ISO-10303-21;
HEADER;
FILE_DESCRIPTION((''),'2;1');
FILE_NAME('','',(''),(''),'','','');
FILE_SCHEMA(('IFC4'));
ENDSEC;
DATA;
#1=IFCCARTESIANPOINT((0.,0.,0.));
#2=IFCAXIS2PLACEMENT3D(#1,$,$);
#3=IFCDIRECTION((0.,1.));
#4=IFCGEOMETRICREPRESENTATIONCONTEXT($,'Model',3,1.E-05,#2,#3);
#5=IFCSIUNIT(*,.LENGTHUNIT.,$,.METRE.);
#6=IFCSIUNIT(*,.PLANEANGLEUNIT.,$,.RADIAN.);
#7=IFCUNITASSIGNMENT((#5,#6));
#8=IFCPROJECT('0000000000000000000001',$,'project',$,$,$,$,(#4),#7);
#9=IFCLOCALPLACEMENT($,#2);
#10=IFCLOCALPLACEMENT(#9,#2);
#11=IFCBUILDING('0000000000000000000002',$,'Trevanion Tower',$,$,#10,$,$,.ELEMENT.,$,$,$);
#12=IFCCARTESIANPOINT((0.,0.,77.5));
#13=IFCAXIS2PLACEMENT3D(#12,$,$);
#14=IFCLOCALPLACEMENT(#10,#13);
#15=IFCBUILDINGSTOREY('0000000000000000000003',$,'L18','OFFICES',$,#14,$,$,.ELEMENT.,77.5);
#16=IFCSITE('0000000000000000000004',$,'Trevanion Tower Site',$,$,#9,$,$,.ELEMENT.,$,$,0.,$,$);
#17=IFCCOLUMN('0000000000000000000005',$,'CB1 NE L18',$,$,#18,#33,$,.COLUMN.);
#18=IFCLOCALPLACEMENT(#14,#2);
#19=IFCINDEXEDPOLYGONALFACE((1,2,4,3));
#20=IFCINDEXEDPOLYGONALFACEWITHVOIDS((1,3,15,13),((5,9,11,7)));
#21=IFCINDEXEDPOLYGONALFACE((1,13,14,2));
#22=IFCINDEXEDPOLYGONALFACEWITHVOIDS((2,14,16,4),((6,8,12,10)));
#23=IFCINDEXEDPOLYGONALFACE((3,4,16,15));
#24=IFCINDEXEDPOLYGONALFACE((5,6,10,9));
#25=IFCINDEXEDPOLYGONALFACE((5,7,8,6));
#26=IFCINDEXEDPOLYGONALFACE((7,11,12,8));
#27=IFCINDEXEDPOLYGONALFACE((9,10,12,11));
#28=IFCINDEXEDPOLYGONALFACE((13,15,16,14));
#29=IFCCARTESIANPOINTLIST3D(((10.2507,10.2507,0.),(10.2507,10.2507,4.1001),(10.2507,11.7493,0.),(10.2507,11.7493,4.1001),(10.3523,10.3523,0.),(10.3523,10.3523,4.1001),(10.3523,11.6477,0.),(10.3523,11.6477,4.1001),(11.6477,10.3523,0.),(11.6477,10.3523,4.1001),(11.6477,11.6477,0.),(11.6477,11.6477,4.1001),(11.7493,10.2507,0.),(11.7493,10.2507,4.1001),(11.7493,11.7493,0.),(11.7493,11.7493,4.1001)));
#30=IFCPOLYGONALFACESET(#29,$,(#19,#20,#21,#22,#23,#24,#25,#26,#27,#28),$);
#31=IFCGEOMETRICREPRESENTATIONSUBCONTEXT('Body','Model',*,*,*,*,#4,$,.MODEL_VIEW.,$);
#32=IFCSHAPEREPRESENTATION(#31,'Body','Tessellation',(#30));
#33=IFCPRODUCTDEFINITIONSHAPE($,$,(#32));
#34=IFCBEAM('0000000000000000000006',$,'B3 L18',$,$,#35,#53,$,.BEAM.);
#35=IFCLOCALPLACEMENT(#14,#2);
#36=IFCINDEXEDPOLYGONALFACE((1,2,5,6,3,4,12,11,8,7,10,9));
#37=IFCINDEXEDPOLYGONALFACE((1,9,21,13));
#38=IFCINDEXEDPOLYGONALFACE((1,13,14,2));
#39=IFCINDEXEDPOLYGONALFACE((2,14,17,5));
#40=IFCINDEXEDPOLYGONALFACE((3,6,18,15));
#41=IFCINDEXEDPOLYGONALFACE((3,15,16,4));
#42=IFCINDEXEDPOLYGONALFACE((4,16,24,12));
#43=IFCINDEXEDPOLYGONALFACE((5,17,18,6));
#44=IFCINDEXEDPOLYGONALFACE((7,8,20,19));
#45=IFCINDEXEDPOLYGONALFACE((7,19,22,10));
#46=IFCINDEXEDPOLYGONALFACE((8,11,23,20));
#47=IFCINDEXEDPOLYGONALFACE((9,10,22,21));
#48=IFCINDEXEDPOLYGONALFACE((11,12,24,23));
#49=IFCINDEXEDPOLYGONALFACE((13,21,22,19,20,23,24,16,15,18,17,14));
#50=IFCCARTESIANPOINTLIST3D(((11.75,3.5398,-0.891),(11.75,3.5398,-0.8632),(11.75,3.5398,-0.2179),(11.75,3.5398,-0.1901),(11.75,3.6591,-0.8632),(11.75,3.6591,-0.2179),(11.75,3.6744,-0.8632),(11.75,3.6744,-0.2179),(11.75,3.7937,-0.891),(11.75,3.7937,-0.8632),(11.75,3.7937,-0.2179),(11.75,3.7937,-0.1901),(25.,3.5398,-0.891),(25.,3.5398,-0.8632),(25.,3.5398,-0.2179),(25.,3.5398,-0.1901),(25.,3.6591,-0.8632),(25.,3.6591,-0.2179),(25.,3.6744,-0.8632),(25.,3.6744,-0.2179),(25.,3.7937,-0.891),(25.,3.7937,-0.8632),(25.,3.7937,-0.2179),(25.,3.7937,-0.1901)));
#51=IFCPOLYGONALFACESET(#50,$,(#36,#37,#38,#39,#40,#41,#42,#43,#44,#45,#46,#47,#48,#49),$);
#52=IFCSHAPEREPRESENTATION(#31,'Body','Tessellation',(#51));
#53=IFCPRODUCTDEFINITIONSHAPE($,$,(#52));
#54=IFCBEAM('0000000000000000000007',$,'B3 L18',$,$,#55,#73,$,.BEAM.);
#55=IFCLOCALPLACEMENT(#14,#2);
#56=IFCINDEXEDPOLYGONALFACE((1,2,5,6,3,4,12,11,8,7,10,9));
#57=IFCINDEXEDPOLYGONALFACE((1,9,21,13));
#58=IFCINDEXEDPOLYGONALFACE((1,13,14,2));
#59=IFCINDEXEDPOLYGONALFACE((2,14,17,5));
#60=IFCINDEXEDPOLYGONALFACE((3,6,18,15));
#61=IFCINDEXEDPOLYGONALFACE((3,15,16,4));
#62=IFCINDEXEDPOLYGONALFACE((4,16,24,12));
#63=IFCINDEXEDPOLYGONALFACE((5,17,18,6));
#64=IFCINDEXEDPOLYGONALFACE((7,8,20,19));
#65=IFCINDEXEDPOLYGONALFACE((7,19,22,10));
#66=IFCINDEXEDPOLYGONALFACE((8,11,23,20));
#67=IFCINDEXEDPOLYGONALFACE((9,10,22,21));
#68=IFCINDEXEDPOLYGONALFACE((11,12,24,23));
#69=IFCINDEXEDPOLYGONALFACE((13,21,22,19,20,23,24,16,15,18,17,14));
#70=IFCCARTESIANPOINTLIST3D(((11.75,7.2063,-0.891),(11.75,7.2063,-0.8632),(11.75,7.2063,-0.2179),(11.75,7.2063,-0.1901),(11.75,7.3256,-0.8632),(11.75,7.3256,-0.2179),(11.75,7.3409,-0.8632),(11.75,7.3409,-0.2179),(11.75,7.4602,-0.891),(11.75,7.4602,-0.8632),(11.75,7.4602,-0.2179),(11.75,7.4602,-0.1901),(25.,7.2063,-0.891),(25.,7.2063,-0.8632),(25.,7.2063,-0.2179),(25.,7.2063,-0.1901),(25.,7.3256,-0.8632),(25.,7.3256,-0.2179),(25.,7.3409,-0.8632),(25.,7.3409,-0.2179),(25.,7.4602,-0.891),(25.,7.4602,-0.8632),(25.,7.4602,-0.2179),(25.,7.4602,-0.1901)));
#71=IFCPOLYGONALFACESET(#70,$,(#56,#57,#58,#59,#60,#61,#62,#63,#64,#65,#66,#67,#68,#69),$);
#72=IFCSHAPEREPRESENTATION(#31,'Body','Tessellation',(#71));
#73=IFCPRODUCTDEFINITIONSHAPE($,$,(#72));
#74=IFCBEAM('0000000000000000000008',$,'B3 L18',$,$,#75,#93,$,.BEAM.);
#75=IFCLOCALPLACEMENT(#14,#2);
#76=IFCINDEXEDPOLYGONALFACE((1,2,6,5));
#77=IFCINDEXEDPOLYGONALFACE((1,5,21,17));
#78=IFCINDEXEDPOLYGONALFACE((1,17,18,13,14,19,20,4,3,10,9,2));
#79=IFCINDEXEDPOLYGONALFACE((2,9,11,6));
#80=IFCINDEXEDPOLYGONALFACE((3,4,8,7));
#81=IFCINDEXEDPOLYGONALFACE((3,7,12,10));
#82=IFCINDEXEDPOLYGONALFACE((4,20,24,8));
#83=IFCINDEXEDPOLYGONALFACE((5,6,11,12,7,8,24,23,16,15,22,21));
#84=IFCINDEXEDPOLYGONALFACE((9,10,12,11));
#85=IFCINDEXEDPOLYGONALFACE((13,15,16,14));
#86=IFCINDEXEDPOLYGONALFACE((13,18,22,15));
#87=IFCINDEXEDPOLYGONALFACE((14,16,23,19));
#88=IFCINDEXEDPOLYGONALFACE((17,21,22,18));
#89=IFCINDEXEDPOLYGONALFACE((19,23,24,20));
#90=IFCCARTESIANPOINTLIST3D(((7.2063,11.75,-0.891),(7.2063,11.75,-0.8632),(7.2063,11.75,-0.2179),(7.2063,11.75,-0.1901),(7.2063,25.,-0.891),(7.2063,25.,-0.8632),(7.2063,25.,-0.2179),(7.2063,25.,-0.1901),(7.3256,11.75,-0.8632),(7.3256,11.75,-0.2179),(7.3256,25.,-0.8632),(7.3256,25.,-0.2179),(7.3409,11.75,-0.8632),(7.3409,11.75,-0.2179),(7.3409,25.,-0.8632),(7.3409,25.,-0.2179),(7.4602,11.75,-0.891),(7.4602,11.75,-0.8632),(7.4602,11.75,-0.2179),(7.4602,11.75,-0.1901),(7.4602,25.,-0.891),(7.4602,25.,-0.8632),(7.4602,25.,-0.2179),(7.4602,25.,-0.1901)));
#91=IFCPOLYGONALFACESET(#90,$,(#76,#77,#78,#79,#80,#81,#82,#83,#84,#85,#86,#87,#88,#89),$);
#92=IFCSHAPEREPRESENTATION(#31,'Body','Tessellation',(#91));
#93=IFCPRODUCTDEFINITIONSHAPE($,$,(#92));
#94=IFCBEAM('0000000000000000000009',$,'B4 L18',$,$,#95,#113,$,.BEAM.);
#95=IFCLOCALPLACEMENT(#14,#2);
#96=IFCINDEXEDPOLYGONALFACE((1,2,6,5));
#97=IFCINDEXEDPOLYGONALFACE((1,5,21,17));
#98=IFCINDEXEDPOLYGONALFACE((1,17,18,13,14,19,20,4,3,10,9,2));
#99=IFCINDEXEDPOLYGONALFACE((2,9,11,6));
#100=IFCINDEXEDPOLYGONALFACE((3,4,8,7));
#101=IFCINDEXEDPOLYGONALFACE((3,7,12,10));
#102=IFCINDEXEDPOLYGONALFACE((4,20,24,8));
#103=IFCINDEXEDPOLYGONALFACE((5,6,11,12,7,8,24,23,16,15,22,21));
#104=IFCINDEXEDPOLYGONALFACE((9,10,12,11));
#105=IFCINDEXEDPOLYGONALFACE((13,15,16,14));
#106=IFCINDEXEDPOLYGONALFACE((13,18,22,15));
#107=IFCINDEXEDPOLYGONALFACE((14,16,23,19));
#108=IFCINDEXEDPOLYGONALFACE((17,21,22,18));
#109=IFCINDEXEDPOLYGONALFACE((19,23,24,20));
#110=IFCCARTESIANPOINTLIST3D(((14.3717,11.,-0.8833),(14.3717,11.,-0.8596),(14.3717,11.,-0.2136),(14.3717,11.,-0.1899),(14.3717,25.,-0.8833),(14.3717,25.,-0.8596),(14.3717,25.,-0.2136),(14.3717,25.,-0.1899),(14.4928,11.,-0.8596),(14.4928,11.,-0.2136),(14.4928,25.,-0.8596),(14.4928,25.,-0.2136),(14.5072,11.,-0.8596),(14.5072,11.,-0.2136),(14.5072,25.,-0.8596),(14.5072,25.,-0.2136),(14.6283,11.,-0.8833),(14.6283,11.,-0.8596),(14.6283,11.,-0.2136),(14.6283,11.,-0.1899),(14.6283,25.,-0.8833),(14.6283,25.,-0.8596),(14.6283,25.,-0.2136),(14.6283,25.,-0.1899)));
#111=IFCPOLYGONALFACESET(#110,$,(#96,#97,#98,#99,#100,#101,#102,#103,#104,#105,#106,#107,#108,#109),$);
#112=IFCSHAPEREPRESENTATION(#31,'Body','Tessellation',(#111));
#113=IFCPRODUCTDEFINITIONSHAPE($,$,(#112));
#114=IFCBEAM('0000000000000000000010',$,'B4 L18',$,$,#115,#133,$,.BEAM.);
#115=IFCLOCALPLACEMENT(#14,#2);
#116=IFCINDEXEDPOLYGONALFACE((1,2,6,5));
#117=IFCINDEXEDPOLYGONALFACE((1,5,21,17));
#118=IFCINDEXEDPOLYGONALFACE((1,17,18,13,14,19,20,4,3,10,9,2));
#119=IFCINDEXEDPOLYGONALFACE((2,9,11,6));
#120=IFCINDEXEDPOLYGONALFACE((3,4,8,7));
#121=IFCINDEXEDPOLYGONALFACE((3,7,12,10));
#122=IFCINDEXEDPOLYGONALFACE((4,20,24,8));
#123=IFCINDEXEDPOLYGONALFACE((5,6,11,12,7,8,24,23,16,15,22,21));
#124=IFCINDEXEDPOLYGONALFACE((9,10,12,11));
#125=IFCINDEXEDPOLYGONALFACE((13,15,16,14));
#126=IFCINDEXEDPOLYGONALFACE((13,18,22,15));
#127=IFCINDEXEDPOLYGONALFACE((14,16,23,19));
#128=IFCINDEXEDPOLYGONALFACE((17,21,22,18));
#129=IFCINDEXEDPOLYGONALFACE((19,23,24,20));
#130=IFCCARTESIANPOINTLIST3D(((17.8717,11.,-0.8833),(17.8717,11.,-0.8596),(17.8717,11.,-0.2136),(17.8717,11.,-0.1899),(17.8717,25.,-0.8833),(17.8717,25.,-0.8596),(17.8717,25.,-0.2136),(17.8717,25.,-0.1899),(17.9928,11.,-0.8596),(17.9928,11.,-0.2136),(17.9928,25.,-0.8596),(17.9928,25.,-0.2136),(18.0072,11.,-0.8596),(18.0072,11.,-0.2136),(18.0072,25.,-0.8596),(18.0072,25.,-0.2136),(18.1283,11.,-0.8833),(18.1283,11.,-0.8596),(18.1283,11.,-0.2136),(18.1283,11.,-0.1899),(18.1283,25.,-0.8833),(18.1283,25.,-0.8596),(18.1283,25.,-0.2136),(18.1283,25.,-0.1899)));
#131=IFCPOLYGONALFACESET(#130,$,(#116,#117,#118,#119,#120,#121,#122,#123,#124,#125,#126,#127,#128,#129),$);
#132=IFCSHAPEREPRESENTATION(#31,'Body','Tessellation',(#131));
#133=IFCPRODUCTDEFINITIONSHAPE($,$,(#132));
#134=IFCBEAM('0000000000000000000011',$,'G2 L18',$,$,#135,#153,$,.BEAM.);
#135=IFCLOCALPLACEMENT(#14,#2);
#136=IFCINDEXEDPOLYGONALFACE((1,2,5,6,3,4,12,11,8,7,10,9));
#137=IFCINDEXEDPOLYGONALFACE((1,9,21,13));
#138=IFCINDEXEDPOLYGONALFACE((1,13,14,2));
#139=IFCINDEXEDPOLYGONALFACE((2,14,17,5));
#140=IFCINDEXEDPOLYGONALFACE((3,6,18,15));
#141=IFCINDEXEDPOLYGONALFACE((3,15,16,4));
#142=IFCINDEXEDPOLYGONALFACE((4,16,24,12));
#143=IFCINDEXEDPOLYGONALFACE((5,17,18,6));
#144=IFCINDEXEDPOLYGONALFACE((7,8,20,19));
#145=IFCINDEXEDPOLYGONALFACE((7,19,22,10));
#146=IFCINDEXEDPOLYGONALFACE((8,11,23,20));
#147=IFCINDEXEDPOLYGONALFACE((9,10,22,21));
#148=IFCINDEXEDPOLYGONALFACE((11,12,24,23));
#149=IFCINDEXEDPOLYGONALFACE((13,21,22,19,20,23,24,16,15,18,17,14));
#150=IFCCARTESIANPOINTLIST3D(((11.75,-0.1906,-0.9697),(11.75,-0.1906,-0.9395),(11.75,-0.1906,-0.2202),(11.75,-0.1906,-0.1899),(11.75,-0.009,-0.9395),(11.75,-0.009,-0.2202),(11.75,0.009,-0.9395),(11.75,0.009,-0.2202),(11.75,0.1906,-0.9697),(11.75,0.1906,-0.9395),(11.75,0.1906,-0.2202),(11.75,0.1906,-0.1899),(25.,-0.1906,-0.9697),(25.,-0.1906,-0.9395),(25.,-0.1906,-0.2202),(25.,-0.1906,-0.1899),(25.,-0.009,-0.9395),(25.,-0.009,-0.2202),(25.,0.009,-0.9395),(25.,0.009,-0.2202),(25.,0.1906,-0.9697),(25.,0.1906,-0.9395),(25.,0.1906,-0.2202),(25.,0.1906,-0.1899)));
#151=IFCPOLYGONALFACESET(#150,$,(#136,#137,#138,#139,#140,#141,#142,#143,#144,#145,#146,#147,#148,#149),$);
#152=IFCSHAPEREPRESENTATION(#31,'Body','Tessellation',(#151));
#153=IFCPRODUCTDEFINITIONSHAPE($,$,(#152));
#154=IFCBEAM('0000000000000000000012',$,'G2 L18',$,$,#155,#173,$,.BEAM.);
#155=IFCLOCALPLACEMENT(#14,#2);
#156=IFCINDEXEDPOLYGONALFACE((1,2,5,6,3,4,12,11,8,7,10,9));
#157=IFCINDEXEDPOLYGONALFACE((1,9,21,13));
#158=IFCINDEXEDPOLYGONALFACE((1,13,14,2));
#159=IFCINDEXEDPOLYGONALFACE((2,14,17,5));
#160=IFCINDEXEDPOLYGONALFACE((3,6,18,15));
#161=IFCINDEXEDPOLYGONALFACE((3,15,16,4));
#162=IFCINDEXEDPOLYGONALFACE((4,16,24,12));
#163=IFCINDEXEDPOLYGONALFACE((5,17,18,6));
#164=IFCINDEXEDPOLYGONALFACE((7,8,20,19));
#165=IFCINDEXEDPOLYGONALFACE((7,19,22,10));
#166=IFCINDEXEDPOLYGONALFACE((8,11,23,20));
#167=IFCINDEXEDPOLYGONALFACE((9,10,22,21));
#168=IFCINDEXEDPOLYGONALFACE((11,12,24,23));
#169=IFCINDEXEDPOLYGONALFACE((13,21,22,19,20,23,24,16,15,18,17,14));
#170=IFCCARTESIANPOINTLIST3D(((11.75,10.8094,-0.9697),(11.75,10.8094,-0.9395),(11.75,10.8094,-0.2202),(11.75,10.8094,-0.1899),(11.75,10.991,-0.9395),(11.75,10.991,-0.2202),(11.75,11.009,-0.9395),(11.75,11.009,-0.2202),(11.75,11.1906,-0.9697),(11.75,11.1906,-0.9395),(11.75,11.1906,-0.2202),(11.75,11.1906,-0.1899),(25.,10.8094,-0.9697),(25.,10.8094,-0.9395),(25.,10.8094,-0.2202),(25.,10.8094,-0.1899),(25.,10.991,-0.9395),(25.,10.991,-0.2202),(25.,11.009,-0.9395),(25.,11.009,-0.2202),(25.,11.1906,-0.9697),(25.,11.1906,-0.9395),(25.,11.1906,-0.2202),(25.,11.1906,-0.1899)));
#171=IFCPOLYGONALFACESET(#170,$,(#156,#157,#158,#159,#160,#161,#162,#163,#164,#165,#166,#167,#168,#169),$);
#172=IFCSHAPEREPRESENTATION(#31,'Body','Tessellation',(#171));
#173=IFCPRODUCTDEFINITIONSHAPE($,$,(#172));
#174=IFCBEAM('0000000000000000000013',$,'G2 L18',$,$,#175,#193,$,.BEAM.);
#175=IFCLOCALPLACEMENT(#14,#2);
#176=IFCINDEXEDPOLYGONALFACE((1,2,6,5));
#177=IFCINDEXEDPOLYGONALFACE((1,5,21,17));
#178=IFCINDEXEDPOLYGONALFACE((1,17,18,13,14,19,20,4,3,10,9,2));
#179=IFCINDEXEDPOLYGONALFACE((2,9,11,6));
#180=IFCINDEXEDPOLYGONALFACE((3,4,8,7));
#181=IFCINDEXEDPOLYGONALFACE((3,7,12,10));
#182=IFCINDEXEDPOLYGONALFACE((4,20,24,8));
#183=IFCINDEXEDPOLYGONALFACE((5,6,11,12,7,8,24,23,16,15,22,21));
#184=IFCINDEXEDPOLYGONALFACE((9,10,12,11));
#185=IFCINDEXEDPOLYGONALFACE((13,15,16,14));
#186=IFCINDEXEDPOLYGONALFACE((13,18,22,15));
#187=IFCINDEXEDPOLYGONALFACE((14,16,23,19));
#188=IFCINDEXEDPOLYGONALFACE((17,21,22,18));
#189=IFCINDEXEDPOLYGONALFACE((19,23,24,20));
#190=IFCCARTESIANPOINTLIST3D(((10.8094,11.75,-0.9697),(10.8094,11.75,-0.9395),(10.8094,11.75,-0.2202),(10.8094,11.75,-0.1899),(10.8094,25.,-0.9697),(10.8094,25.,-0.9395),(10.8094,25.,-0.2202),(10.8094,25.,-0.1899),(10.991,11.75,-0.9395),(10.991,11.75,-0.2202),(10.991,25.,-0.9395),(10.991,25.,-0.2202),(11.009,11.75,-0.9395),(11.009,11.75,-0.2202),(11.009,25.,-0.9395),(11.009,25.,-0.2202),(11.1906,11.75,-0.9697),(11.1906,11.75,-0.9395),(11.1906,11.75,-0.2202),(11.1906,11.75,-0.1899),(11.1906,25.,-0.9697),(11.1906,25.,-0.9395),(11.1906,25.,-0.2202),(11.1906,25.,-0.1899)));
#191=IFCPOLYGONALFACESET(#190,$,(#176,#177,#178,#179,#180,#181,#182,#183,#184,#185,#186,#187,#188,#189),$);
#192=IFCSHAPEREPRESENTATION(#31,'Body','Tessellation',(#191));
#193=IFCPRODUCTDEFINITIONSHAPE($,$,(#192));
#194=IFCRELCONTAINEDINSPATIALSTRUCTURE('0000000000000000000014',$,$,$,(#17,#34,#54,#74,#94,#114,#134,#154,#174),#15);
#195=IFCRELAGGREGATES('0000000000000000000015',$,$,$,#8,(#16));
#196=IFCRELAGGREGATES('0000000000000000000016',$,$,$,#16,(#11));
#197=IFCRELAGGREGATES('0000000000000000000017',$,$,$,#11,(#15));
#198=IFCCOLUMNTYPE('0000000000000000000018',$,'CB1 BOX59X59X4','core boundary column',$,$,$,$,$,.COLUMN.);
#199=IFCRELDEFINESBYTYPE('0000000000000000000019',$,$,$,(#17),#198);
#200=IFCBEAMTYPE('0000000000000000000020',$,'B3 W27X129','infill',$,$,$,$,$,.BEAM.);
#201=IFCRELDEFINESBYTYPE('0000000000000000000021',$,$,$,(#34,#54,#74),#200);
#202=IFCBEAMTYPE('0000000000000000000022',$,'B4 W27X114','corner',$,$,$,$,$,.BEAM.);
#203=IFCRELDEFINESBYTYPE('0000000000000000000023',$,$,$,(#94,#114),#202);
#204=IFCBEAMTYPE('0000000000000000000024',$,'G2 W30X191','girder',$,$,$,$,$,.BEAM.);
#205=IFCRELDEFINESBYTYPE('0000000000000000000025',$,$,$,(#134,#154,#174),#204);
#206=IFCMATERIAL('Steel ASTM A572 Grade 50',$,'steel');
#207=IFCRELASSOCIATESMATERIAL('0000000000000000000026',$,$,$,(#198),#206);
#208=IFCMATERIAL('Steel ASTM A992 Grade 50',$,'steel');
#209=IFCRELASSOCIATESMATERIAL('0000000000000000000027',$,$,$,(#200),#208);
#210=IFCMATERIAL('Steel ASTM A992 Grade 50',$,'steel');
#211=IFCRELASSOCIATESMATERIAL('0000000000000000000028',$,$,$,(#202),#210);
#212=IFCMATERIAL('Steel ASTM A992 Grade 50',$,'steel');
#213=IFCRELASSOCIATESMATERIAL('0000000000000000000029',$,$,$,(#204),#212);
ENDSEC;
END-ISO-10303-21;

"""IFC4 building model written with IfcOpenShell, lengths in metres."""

from ifc_helpers import new_model, si_unit, direction, frame, origin, origin_2d, place, context, subcontext, project, spatial, hollow_rectangle, i_section, extrude, material, material_profile, profile_set, type_object, element, save


model = new_model("IFC4")

# Units and contexts
model_context = context("Model", 3, precision=1e-05, world=origin(), true_north=direction((0.0, 1.0)))
body_context = subcontext(model_context, "Body", "Model", "MODEL_VIEW")
ifc_project = project(units=[si_unit("LENGTHUNIT", "METRE"), si_unit("PLANEANGLEUNIT", "RADIAN")], contexts=[model_context])

# Site, building, storey
site_placement = place(None, origin())
site = spatial("IfcSite", under=ifc_project, at=site_placement, Name="Trevanion Tower Site", CompositionType="ELEMENT", RefElevation=0.0)
building_placement = place(site_placement, origin())
building = spatial("IfcBuilding", under=site, at=building_placement, Name="Trevanion Tower", CompositionType="ELEMENT")
storey_placement = place(building_placement, frame((0.0, 0.0, 77.5)))
storey = spatial("IfcBuildingStorey", under=building, at=storey_placement, Name="L18", Description="OFFICES", CompositionType="ELEMENT", Elevation=77.5)

# Column
ifc_material_1 = material(Name="Steel ASTM A572 Grade 50", Category="steel")
ifc_material_profile_1 = material_profile(ifc_material_1, hollow_rectangle(XDim=1.4985, YDim=1.4985, WallThickness=0.1016, at=origin_2d()), Name="BOX59X59X4")
ifc_profile_set_1 = profile_set([ifc_material_profile_1], Name="Steel ASTM A572 Grade 50")
column_type = type_object("IfcColumnType", Name="CB1 BOX59X59X4", Description="core boundary column", PredefinedType="COLUMN", material=ifc_profile_set_1)
column_placement = place(storey_placement, frame((11.0, 11.0, 0.0), z_axis=(0.0, 0.0, 1.0), x_axis=(1.0, 0.0, 0.0)))
element("IfcColumn", 1, at=column_placement, inside=storey, type_object=column_type, Name="CB1 NE L18", PredefinedType="COLUMN", context=body_context, shape_type="SweptSolid", body=[
    extrude(hollow_rectangle(XDim=1.4985, YDim=1.4985, WallThickness=0.1016, at=origin_2d()), origin(), (0.0, 0.0, 1.0), 4.1001),
])

# Beams
ifc_material_2 = material(Name="Steel ASTM A992 Grade 50", Category="steel")
ifc_material_profile_2 = material_profile(ifc_material_2, i_section(OverallWidth=0.2539, OverallDepth=0.7009, WebThickness=0.0154, FlangeThickness=0.0278, at=origin_2d()), Name="W27X129")
ifc_profile_set_2 = profile_set([ifc_material_profile_2], Name="Steel ASTM A992 Grade 50")
beam_type_1 = type_object("IfcBeamType", Name="B3 W27X129", Description="infill", PredefinedType="BEAM", material=ifc_profile_set_2)
for number, where, z_axis, x_axis, name in (
    (2, (11.75, 3.6667, -0.5405), (1.0, 0.0, 0.0), (0.0, 1.0, 0.0), "B3 L18"),
    (3, (11.75, 7.3333, -0.5405), (1.0, 0.0, 0.0), (0.0, 1.0, 0.0), "B3 L18"),
    (4, (7.3333, 11.75, -0.5405), (0.0, 1.0, 0.0), (-1.0, 0.0, 0.0), "B3 L18"),
):
    element("IfcBeam", number, at=place(storey_placement, frame(where, z_axis=z_axis, x_axis=x_axis)), inside=storey, type_object=beam_type_1, Name=name, PredefinedType="BEAM", context=body_context, shape_type="SweptSolid", body=[
        extrude(i_section(OverallWidth=0.2539, OverallDepth=0.7009, WebThickness=0.0154, FlangeThickness=0.0278, at=origin_2d()), origin(), (0.0, 0.0, 1.0), 13.25),
    ])
ifc_material_3 = material(Name="Steel ASTM A992 Grade 50", Category="steel")
ifc_material_profile_3 = material_profile(ifc_material_3, i_section(OverallWidth=0.2566, OverallDepth=0.6934, WebThickness=0.0144, FlangeThickness=0.0237, at=origin_2d()), Name="W27X114")
ifc_profile_set_3 = profile_set([ifc_material_profile_3], Name="Steel ASTM A992 Grade 50")
beam_type_2 = type_object("IfcBeamType", Name="B4 W27X114", Description="corner", PredefinedType="BEAM", material=ifc_profile_set_3)
for number, where, z_axis, x_axis, name in (
    (5, (14.5, 11.0, -0.5366), (0.0, 1.0, 0.0), (-1.0, 0.0, 0.0), "B4 L18"),
    (6, (18.0, 11.0, -0.5366), (0.0, 1.0, 0.0), (-1.0, 0.0, 0.0), "B4 L18"),
):
    element("IfcBeam", number, at=place(storey_placement, frame(where, z_axis=z_axis, x_axis=x_axis)), inside=storey, type_object=beam_type_2, Name=name, PredefinedType="BEAM", context=body_context, shape_type="SweptSolid", body=[
        extrude(i_section(OverallWidth=0.2566, OverallDepth=0.6934, WebThickness=0.0144, FlangeThickness=0.0237, at=origin_2d()), origin(), (0.0, 0.0, 1.0), 14.0),
    ])
ifc_material_4 = material(Name="Steel ASTM A992 Grade 50", Category="steel")
ifc_material_profile_4 = material_profile(ifc_material_4, i_section(OverallWidth=0.3811, OverallDepth=0.7798, WebThickness=0.0181, FlangeThickness=0.0303, at=origin_2d()), Name="W30X191")
ifc_profile_set_4 = profile_set([ifc_material_profile_4], Name="Steel ASTM A992 Grade 50")
beam_type_3 = type_object("IfcBeamType", Name="G2 W30X191", Description="girder", PredefinedType="BEAM", material=ifc_profile_set_4)
for number, where, z_axis, x_axis, name in (
    (7, (11.75, 0.0, -0.5798), (1.0, 0.0, 0.0), (0.0, 1.0, 0.0), "G2 L18"),
    (8, (11.75, 11.0, -0.5798), (1.0, 0.0, 0.0), (0.0, 1.0, 0.0), "G2 L18"),
    (9, (11.0, 11.75, -0.5798), (0.0, 1.0, 0.0), (-1.0, 0.0, 0.0), "G2 L18"),
):
    element("IfcBeam", number, at=place(storey_placement, frame(where, z_axis=z_axis, x_axis=x_axis)), inside=storey, type_object=beam_type_3, Name=name, PredefinedType="BEAM", context=body_context, shape_type="SweptSolid", body=[
        extrude(i_section(OverallWidth=0.3811, OverallDepth=0.7798, WebThickness=0.0181, FlangeThickness=0.0303, at=origin_2d()), origin(), (0.0, 0.0, 1.0), 13.25),
    ])

save(model, "model.ifc")
